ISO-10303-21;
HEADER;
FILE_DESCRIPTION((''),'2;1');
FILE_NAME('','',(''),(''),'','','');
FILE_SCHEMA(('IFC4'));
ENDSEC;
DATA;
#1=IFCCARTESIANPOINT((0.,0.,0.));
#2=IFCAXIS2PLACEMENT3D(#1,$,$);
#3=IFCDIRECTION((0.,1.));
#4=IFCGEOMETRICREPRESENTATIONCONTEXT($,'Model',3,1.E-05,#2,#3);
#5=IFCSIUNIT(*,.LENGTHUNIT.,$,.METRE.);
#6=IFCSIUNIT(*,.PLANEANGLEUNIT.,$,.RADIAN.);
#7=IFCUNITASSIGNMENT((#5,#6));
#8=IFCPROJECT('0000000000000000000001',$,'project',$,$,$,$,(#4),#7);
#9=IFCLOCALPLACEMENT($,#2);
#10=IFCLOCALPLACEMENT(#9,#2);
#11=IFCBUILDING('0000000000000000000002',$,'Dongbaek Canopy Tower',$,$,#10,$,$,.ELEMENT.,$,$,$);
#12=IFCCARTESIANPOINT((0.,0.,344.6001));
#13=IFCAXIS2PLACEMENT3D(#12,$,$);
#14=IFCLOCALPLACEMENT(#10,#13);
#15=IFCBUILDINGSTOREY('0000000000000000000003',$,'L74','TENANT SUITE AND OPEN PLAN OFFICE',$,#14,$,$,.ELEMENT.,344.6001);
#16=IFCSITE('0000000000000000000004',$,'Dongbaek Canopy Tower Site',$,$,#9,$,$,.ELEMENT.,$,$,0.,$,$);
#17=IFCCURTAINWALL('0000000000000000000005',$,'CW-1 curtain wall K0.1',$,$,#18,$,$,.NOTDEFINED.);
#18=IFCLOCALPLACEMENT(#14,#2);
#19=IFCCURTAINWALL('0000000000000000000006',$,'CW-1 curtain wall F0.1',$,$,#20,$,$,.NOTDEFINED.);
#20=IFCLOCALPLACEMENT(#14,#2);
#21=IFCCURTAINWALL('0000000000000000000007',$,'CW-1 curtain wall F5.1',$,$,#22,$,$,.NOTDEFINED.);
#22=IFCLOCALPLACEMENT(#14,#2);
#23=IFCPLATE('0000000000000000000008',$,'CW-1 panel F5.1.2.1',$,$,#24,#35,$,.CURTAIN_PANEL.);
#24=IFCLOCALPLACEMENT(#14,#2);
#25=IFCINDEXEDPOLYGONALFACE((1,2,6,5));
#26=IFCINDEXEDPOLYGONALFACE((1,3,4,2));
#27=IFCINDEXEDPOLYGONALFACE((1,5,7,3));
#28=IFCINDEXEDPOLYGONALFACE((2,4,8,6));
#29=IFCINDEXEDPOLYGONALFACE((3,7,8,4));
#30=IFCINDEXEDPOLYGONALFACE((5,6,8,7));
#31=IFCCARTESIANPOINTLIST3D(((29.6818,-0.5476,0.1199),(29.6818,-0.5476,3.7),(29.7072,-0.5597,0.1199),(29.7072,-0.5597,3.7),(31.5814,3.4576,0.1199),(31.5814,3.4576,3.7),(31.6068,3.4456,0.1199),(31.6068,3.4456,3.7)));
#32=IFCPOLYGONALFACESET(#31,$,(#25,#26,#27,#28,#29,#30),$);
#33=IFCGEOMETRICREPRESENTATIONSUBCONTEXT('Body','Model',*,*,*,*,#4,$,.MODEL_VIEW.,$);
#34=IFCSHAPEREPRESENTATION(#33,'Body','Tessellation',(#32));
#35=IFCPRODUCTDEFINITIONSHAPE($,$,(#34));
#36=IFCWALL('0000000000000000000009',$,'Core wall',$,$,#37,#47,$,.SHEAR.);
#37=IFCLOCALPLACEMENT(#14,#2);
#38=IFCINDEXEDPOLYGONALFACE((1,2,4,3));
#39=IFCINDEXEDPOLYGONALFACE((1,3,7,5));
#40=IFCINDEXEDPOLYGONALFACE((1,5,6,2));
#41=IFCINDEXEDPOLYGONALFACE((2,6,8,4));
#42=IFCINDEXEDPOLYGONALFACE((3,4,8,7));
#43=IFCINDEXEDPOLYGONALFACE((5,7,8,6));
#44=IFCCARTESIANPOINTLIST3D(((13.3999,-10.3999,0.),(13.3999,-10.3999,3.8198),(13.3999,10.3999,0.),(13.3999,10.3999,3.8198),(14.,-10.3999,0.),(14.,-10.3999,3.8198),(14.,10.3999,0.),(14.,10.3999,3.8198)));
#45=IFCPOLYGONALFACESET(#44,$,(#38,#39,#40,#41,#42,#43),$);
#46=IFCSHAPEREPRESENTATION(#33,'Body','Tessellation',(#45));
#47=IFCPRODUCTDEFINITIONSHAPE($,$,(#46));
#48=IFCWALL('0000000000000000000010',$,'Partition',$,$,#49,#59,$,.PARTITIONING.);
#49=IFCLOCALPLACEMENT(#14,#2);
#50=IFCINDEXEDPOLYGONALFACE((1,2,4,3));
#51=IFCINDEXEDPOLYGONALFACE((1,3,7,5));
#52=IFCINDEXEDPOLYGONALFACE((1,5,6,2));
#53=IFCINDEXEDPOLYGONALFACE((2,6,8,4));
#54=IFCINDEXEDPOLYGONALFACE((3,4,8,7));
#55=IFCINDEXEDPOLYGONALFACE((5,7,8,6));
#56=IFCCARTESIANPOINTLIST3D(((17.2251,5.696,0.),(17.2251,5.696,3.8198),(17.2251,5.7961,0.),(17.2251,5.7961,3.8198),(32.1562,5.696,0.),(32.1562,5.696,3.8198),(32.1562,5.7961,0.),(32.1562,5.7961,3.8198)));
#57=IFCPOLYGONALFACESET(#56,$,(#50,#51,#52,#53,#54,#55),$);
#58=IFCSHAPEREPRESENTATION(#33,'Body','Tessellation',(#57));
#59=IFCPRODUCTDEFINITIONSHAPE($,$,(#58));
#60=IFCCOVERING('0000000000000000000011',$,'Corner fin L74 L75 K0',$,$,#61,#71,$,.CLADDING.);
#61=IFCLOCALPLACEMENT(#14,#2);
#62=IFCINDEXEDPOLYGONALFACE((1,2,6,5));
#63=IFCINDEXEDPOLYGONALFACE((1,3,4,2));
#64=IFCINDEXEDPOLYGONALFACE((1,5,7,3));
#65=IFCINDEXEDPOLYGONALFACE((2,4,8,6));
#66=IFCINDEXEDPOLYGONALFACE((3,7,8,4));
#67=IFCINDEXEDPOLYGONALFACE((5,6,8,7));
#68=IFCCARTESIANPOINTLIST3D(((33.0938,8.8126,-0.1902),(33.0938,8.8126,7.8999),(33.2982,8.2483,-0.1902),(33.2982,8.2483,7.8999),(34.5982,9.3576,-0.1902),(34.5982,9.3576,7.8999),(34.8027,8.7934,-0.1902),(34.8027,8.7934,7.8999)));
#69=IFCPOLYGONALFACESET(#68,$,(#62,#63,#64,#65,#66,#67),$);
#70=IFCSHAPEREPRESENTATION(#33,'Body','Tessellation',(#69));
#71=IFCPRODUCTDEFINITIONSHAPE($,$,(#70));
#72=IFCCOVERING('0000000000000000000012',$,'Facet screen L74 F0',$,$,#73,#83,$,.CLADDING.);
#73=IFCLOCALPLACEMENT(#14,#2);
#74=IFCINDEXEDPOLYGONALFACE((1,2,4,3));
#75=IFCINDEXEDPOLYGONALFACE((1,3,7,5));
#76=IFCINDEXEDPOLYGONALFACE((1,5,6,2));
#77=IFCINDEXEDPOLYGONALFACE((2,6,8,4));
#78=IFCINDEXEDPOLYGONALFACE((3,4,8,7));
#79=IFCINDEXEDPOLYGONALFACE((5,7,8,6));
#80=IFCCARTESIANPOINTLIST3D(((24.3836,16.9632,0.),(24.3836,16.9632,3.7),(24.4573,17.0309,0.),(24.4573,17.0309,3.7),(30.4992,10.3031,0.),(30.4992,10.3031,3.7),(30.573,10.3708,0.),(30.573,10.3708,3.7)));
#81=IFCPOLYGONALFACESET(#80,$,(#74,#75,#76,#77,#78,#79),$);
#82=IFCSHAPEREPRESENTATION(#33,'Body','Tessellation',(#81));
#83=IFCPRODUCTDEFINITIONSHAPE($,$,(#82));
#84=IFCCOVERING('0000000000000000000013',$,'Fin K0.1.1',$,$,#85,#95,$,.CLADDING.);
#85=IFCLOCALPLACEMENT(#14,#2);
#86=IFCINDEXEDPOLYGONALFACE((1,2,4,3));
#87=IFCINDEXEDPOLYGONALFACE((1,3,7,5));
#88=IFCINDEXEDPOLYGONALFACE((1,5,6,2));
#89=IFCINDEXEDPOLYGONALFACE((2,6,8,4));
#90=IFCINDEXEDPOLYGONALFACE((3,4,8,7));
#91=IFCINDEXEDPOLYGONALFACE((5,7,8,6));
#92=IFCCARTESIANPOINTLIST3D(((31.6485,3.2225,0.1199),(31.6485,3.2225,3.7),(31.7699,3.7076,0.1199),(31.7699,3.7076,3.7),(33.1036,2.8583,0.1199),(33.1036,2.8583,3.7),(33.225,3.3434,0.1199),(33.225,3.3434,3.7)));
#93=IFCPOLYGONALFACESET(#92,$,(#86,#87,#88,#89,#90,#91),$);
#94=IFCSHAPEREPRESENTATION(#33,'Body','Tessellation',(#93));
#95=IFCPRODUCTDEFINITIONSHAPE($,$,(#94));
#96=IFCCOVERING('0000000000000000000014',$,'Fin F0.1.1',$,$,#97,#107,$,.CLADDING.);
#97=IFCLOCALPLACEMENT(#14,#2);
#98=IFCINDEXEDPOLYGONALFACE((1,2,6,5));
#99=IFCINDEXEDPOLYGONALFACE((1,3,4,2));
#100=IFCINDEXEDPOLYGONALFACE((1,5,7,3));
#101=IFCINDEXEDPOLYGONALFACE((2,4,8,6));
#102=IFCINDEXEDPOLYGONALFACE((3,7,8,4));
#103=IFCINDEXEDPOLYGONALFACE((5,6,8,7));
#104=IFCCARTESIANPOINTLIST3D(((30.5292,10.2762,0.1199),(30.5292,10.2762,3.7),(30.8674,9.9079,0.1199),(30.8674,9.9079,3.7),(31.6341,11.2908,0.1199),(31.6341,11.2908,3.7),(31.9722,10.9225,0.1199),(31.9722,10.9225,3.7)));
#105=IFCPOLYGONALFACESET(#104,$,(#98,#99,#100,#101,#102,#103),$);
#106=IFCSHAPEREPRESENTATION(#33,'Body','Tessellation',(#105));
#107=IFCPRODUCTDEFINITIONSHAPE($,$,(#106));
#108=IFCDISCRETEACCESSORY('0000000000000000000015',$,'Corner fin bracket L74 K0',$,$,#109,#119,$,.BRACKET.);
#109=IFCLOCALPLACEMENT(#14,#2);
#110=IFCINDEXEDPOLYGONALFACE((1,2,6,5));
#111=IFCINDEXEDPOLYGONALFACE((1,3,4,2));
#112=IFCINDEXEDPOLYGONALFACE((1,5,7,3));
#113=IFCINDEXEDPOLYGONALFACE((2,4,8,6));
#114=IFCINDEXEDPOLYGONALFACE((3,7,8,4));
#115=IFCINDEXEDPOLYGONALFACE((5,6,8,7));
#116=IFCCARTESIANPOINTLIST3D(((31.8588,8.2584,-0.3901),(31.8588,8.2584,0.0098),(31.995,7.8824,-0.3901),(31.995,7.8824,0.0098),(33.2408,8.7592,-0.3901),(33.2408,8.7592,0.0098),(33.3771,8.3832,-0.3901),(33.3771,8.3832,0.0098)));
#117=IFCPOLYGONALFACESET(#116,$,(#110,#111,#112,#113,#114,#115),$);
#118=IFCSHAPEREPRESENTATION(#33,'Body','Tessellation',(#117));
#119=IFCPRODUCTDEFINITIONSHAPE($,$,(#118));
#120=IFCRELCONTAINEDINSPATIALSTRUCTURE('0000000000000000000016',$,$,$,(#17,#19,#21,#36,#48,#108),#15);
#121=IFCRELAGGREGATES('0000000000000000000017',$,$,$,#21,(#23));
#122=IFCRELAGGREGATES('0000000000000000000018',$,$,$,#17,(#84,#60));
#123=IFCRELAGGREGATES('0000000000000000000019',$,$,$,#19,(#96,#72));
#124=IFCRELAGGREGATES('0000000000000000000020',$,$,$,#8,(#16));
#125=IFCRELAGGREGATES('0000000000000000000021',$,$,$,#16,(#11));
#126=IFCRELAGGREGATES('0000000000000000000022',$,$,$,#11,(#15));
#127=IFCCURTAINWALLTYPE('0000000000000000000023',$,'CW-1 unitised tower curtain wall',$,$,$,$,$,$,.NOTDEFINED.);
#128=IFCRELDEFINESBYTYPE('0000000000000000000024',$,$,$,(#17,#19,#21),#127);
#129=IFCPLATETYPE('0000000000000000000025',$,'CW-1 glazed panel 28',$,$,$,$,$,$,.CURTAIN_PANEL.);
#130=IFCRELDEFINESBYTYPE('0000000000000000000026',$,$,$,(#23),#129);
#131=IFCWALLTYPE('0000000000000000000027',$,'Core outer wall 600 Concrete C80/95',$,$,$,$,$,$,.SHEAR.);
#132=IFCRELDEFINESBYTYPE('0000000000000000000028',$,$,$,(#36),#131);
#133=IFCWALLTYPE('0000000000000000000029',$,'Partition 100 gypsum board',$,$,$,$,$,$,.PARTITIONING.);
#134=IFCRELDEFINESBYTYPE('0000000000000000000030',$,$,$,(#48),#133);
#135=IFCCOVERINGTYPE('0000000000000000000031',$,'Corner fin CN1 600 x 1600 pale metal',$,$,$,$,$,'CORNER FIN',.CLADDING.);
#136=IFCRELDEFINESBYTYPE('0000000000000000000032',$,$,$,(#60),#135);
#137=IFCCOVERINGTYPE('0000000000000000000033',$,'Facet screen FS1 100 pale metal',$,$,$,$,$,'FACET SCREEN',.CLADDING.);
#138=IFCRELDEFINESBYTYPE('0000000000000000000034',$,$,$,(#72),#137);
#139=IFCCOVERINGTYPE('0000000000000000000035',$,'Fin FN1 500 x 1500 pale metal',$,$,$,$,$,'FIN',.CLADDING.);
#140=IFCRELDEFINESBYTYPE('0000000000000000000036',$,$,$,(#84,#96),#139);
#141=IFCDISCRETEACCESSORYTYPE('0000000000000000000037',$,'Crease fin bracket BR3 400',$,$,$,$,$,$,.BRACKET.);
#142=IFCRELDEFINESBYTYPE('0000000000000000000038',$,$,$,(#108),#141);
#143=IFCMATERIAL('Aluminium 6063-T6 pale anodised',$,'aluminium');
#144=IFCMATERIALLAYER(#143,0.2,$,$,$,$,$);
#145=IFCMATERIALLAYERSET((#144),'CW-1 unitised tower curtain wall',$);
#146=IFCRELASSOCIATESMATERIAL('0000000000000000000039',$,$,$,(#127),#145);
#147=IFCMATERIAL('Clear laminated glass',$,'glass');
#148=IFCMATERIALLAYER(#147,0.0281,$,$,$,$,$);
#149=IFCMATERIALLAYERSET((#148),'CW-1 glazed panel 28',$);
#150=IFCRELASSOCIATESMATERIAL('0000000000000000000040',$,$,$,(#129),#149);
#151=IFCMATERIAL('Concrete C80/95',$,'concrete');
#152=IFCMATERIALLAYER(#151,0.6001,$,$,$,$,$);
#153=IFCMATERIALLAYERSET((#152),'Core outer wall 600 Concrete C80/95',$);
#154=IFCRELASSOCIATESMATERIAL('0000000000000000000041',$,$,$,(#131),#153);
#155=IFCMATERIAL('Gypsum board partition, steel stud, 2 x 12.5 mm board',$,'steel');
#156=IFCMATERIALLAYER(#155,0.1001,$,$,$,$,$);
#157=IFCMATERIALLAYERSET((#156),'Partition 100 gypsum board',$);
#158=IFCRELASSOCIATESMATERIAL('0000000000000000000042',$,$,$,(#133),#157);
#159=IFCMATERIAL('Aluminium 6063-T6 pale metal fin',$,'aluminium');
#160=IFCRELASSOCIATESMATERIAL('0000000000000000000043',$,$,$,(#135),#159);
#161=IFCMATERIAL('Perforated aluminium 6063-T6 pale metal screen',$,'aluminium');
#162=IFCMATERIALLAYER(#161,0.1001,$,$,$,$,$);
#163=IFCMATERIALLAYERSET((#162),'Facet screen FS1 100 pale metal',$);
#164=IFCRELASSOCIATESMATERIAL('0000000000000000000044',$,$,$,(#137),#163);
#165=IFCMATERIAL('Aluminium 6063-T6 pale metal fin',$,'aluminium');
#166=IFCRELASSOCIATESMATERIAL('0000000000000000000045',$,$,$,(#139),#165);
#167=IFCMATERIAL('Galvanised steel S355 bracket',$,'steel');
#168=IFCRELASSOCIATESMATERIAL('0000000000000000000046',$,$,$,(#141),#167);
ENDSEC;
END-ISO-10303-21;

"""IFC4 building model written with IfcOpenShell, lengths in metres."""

from ifc_helpers import new_model, si_unit, direction, frame, frame_2d, origin, origin_2d, place, context, subcontext, project, spatial, rectangle, extrude, material, layer, layer_set, material_profile, profile_set, type_object, element, aggregate, save


model = new_model("IFC4")

# Units and contexts
model_context = context("Model", 3, precision=1e-05, world=origin(), true_north=direction((0.0, 1.0)))
body_context = subcontext(model_context, "Body", "Model", "MODEL_VIEW")
ifc_project = project(units=[si_unit("LENGTHUNIT", "METRE"), si_unit("PLANEANGLEUNIT", "RADIAN")], contexts=[model_context])

# Site, building, storey
site_placement = place(None, origin())
site = spatial("IfcSite", under=ifc_project, at=site_placement, Name="Dongbaek Canopy Tower Site", CompositionType="ELEMENT", RefElevation=0.0)
building_placement = place(site_placement, origin())
building = spatial("IfcBuilding", under=site, at=building_placement, Name="Dongbaek Canopy Tower", CompositionType="ELEMENT")
storey_placement = place(building_placement, frame((0.0, 0.0, 344.6001)))
storey = spatial("IfcBuildingStorey", under=building, at=storey_placement, Name="L74", Description="TENANT SUITE AND OPEN PLAN OFFICE", CompositionType="ELEMENT", Elevation=344.6001)

# Curtain walls
ifc_material_1 = material(Name="Aluminium 6063-T6 pale anodised", Category="aluminium")
ifc_layer_1 = layer(ifc_material_1, 0.2)
ifc_layer_set_1 = layer_set([ifc_layer_1], Name="CW-1 unitised tower curtain wall")
curtain_wall_type = type_object("IfcCurtainWallType", Name="CW-1 unitised tower curtain wall", PredefinedType="NOTDEFINED", material=ifc_layer_set_1)
curtain_wall_1_placement = place(storey_placement, origin())
curtain_wall_1 = element("IfcCurtainWall", 1, at=curtain_wall_1_placement, inside=storey, type_object=curtain_wall_type, Name="CW-1 curtain wall K0.1", PredefinedType="NOTDEFINED")
curtain_wall_2_placement = place(storey_placement, origin())
curtain_wall_2 = element("IfcCurtainWall", 2, at=curtain_wall_2_placement, inside=storey, type_object=curtain_wall_type, Name="CW-1 curtain wall F0.1", PredefinedType="NOTDEFINED")

# Shared definitions
ifc_material_2 = material(Name="Clear laminated glass", Category="glass")
ifc_layer_2 = layer(ifc_material_2, 0.0281)
ifc_layer_set_2 = layer_set([ifc_layer_2], Name="CW-1 glazed panel 28")
plate_type = type_object("IfcPlateType", Name="CW-1 glazed panel 28", PredefinedType="CURTAIN_PANEL", material=ifc_layer_set_2)

# Curtain wall, plate
curtain_wall_3_placement = place(storey_placement, origin())
curtain_wall_3 = element("IfcCurtainWall", 3, at=curtain_wall_3_placement, inside=storey, type_object=curtain_wall_type, Name="CW-1 curtain wall F5.1", PredefinedType="NOTDEFINED")
plate_1_placement = place(storey_placement, frame((30.6443, 1.449, 0.1199), z_axis=(0.0, 0.0, 1.0), x_axis=(0.428522, 0.903531, 0.0)))
plate_1 = element("IfcPlate", 4, at=plate_1_placement, type_object=plate_type, Name="CW-1 panel F5.1.2.1", PredefinedType="CURTAIN_PANEL", context=body_context, shape_type="SweptSolid", body=[
    extrude(rectangle(XDim=4.4329, YDim=0.0281, at=origin_2d()), origin(), (0.0, 0.0, 1.0), 3.5801),
])
aggregate(curtain_wall_3, [plate_1])

# Walls
ifc_material_3 = material(Name="Concrete C80/95", Category="concrete")
ifc_layer_3 = layer(ifc_material_3, 0.6001)
ifc_layer_set_3 = layer_set([ifc_layer_3], Name="Core outer wall 600 Concrete C80/95")
wall_type_1 = type_object("IfcWallType", Name="Core outer wall 600 Concrete C80/95", PredefinedType="SHEAR", material=ifc_layer_set_3)
wall_1_placement = place(storey_placement, frame((13.7, 10.3999, 0.0), z_axis=(0.0, 0.0, 1.0), x_axis=(0.0, -1.0, 0.0)))
element("IfcWall", 5, at=wall_1_placement, inside=storey, type_object=wall_type_1, Name="Core wall", PredefinedType="SHEAR", context=body_context, shape_type="SweptSolid", body=[
    extrude(rectangle(XDim=20.7998, YDim=0.6001, at=frame_2d((10.3999, 0.0))), origin(), (0.0, 0.0, 1.0), 3.8198),
])
ifc_material_4 = material(Name="Gypsum board partition, steel stud, 2 x 12.5 mm board", Category="steel")
ifc_layer_4 = layer(ifc_material_4, 0.1001)
ifc_layer_set_4 = layer_set([ifc_layer_4], Name="Partition 100 gypsum board")
wall_type_2 = type_object("IfcWallType", Name="Partition 100 gypsum board", PredefinedType="PARTITIONING", material=ifc_layer_set_4)
wall_2_placement = place(storey_placement, frame((17.2251, 5.7461, 0.0), z_axis=(0.0, 0.0, 1.0), x_axis=(1.0, 0.0, 0.0)))
element("IfcWall", 6, at=wall_2_placement, inside=storey, type_object=wall_type_2, Name="Partition", PredefinedType="PARTITIONING", context=body_context, shape_type="SweptSolid", body=[
    extrude(rectangle(XDim=14.9312, YDim=0.1001, at=frame_2d((7.4656, 0.0))), origin(), (0.0, 0.0, 1.0), 3.8198),
])

# Coverings
ifc_material_5 = material(Name="Aluminium 6063-T6 pale metal fin", Category="aluminium")
ifc_material_profile_1 = material_profile(ifc_material_5, rectangle(XDim=1.6001, YDim=0.6001, at=origin_2d()), Name="Corner fin CN1 600 x 1600 pale metal")
ifc_profile_set_1 = profile_set([ifc_material_profile_1], Name="Aluminium 6063-T6 pale metal fin")
covering_type_1 = type_object("IfcCoveringType", Name="Corner fin CN1 600 x 1600 pale metal", ElementType="CORNER FIN", PredefinedType="CLADDING", material=ifc_profile_set_1)
covering_1_placement = place(storey_placement, frame((33.9482, 8.803, -0.1902), z_axis=(0.0, 0.0, 1.0), x_axis=(0.940195, 0.340636, 0.0)))
covering_1 = element("IfcCovering", 7, at=covering_1_placement, type_object=covering_type_1, Name="Corner fin L74 L75 K0", PredefinedType="CLADDING", context=body_context, shape_type="SweptSolid", body=[
    extrude(rectangle(XDim=1.6001, YDim=0.6001, at=origin_2d()), origin(), (0.0, 0.0, 1.0), 8.0901),
])
ifc_material_6 = material(Name="Perforated aluminium 6063-T6 pale metal screen", Category="aluminium")
ifc_layer_5 = layer(ifc_material_6, 0.1001)
ifc_layer_set_5 = layer_set([ifc_layer_5], Name="Facet screen FS1 100 pale metal")
covering_type_2 = type_object("IfcCoveringType", Name="Facet screen FS1 100 pale metal", ElementType="FACET SCREEN", PredefinedType="CLADDING", material=ifc_layer_set_5)
covering_2_placement = place(storey_placement, frame((27.4783, 13.667, 0.0), z_axis=(0.0, 0.0, 1.0), x_axis=(-0.676364, 0.736567, 0.0)))
covering_2 = element("IfcCovering", 8, at=covering_2_placement, type_object=covering_type_2, Name="Facet screen L74 F0", PredefinedType="CLADDING", context=body_context, shape_type="SweptSolid", body=[
    extrude(rectangle(XDim=9.042, YDim=0.1001, at=origin_2d()), origin(), (0.0, 0.0, 1.0), 3.7),
])
ifc_material_7 = material(Name="Aluminium 6063-T6 pale metal fin", Category="aluminium")
ifc_material_profile_2 = material_profile(ifc_material_7, rectangle(XDim=1.5, YDim=0.5, at=origin_2d()), Name="Fin FN1 500 x 1500 pale metal")
ifc_profile_set_2 = profile_set([ifc_material_profile_2], Name="Aluminium 6063-T6 pale metal fin")
covering_type_3 = type_object("IfcCoveringType", Name="Fin FN1 500 x 1500 pale metal", ElementType="FIN", PredefinedType="CLADDING", material=ifc_profile_set_2)
covering_3_placement = place(storey_placement, frame((32.4368, 3.283, 0.1199), z_axis=(0.0, 0.0, 1.0), x_axis=(0.970078, -0.242793, 0.0)))
covering_3 = element("IfcCovering", 9, at=covering_3_placement, type_object=covering_type_3, Name="Fin K0.1.1", PredefinedType="CLADDING", context=body_context, shape_type="SweptSolid", body=[
    extrude(rectangle(XDim=1.5, YDim=0.5, at=origin_2d()), origin(), (0.0, 0.0, 1.0), 3.5801),
])
aggregate(curtain_wall_1, [covering_3, covering_1])
covering_4_placement = place(storey_placement, frame((31.2507, 10.5994, 0.1199), z_axis=(0.0, 0.0, 1.0), x_axis=(0.736567, 0.676365, 0.0)))
covering_4 = element("IfcCovering", 10, at=covering_4_placement, type_object=covering_type_3, Name="Fin F0.1.1", PredefinedType="CLADDING", context=body_context, shape_type="SweptSolid", body=[
    extrude(rectangle(XDim=1.5, YDim=0.5, at=origin_2d()), origin(), (0.0, 0.0, 1.0), 3.5801),
])
aggregate(curtain_wall_2, [covering_4, covering_2])

# Discrete accessory
ifc_material_8 = material(Name="Galvanised steel S355 bracket", Category="steel")
discrete_accessory_type = type_object("IfcDiscreteAccessoryType", Name="Crease fin bracket BR3 400", PredefinedType="BRACKET", material=ifc_material_8)
discrete_accessory_placement = place(storey_placement, frame((32.6179, 8.3208, -0.3901), z_axis=(0.0, 0.0, 1.0), x_axis=(0.940195, 0.340636, 0.0)))
element("IfcDiscreteAccessory", 11, at=discrete_accessory_placement, inside=storey, type_object=discrete_accessory_type, Name="Corner fin bracket L74 K0", PredefinedType="BRACKET", context=body_context, shape_type="SweptSolid", body=[
    extrude(rectangle(XDim=1.47, YDim=0.3999, at=origin_2d()), origin(), (0.0, 0.0, 1.0), 0.3999),
])

save(model, "model.ifc")
